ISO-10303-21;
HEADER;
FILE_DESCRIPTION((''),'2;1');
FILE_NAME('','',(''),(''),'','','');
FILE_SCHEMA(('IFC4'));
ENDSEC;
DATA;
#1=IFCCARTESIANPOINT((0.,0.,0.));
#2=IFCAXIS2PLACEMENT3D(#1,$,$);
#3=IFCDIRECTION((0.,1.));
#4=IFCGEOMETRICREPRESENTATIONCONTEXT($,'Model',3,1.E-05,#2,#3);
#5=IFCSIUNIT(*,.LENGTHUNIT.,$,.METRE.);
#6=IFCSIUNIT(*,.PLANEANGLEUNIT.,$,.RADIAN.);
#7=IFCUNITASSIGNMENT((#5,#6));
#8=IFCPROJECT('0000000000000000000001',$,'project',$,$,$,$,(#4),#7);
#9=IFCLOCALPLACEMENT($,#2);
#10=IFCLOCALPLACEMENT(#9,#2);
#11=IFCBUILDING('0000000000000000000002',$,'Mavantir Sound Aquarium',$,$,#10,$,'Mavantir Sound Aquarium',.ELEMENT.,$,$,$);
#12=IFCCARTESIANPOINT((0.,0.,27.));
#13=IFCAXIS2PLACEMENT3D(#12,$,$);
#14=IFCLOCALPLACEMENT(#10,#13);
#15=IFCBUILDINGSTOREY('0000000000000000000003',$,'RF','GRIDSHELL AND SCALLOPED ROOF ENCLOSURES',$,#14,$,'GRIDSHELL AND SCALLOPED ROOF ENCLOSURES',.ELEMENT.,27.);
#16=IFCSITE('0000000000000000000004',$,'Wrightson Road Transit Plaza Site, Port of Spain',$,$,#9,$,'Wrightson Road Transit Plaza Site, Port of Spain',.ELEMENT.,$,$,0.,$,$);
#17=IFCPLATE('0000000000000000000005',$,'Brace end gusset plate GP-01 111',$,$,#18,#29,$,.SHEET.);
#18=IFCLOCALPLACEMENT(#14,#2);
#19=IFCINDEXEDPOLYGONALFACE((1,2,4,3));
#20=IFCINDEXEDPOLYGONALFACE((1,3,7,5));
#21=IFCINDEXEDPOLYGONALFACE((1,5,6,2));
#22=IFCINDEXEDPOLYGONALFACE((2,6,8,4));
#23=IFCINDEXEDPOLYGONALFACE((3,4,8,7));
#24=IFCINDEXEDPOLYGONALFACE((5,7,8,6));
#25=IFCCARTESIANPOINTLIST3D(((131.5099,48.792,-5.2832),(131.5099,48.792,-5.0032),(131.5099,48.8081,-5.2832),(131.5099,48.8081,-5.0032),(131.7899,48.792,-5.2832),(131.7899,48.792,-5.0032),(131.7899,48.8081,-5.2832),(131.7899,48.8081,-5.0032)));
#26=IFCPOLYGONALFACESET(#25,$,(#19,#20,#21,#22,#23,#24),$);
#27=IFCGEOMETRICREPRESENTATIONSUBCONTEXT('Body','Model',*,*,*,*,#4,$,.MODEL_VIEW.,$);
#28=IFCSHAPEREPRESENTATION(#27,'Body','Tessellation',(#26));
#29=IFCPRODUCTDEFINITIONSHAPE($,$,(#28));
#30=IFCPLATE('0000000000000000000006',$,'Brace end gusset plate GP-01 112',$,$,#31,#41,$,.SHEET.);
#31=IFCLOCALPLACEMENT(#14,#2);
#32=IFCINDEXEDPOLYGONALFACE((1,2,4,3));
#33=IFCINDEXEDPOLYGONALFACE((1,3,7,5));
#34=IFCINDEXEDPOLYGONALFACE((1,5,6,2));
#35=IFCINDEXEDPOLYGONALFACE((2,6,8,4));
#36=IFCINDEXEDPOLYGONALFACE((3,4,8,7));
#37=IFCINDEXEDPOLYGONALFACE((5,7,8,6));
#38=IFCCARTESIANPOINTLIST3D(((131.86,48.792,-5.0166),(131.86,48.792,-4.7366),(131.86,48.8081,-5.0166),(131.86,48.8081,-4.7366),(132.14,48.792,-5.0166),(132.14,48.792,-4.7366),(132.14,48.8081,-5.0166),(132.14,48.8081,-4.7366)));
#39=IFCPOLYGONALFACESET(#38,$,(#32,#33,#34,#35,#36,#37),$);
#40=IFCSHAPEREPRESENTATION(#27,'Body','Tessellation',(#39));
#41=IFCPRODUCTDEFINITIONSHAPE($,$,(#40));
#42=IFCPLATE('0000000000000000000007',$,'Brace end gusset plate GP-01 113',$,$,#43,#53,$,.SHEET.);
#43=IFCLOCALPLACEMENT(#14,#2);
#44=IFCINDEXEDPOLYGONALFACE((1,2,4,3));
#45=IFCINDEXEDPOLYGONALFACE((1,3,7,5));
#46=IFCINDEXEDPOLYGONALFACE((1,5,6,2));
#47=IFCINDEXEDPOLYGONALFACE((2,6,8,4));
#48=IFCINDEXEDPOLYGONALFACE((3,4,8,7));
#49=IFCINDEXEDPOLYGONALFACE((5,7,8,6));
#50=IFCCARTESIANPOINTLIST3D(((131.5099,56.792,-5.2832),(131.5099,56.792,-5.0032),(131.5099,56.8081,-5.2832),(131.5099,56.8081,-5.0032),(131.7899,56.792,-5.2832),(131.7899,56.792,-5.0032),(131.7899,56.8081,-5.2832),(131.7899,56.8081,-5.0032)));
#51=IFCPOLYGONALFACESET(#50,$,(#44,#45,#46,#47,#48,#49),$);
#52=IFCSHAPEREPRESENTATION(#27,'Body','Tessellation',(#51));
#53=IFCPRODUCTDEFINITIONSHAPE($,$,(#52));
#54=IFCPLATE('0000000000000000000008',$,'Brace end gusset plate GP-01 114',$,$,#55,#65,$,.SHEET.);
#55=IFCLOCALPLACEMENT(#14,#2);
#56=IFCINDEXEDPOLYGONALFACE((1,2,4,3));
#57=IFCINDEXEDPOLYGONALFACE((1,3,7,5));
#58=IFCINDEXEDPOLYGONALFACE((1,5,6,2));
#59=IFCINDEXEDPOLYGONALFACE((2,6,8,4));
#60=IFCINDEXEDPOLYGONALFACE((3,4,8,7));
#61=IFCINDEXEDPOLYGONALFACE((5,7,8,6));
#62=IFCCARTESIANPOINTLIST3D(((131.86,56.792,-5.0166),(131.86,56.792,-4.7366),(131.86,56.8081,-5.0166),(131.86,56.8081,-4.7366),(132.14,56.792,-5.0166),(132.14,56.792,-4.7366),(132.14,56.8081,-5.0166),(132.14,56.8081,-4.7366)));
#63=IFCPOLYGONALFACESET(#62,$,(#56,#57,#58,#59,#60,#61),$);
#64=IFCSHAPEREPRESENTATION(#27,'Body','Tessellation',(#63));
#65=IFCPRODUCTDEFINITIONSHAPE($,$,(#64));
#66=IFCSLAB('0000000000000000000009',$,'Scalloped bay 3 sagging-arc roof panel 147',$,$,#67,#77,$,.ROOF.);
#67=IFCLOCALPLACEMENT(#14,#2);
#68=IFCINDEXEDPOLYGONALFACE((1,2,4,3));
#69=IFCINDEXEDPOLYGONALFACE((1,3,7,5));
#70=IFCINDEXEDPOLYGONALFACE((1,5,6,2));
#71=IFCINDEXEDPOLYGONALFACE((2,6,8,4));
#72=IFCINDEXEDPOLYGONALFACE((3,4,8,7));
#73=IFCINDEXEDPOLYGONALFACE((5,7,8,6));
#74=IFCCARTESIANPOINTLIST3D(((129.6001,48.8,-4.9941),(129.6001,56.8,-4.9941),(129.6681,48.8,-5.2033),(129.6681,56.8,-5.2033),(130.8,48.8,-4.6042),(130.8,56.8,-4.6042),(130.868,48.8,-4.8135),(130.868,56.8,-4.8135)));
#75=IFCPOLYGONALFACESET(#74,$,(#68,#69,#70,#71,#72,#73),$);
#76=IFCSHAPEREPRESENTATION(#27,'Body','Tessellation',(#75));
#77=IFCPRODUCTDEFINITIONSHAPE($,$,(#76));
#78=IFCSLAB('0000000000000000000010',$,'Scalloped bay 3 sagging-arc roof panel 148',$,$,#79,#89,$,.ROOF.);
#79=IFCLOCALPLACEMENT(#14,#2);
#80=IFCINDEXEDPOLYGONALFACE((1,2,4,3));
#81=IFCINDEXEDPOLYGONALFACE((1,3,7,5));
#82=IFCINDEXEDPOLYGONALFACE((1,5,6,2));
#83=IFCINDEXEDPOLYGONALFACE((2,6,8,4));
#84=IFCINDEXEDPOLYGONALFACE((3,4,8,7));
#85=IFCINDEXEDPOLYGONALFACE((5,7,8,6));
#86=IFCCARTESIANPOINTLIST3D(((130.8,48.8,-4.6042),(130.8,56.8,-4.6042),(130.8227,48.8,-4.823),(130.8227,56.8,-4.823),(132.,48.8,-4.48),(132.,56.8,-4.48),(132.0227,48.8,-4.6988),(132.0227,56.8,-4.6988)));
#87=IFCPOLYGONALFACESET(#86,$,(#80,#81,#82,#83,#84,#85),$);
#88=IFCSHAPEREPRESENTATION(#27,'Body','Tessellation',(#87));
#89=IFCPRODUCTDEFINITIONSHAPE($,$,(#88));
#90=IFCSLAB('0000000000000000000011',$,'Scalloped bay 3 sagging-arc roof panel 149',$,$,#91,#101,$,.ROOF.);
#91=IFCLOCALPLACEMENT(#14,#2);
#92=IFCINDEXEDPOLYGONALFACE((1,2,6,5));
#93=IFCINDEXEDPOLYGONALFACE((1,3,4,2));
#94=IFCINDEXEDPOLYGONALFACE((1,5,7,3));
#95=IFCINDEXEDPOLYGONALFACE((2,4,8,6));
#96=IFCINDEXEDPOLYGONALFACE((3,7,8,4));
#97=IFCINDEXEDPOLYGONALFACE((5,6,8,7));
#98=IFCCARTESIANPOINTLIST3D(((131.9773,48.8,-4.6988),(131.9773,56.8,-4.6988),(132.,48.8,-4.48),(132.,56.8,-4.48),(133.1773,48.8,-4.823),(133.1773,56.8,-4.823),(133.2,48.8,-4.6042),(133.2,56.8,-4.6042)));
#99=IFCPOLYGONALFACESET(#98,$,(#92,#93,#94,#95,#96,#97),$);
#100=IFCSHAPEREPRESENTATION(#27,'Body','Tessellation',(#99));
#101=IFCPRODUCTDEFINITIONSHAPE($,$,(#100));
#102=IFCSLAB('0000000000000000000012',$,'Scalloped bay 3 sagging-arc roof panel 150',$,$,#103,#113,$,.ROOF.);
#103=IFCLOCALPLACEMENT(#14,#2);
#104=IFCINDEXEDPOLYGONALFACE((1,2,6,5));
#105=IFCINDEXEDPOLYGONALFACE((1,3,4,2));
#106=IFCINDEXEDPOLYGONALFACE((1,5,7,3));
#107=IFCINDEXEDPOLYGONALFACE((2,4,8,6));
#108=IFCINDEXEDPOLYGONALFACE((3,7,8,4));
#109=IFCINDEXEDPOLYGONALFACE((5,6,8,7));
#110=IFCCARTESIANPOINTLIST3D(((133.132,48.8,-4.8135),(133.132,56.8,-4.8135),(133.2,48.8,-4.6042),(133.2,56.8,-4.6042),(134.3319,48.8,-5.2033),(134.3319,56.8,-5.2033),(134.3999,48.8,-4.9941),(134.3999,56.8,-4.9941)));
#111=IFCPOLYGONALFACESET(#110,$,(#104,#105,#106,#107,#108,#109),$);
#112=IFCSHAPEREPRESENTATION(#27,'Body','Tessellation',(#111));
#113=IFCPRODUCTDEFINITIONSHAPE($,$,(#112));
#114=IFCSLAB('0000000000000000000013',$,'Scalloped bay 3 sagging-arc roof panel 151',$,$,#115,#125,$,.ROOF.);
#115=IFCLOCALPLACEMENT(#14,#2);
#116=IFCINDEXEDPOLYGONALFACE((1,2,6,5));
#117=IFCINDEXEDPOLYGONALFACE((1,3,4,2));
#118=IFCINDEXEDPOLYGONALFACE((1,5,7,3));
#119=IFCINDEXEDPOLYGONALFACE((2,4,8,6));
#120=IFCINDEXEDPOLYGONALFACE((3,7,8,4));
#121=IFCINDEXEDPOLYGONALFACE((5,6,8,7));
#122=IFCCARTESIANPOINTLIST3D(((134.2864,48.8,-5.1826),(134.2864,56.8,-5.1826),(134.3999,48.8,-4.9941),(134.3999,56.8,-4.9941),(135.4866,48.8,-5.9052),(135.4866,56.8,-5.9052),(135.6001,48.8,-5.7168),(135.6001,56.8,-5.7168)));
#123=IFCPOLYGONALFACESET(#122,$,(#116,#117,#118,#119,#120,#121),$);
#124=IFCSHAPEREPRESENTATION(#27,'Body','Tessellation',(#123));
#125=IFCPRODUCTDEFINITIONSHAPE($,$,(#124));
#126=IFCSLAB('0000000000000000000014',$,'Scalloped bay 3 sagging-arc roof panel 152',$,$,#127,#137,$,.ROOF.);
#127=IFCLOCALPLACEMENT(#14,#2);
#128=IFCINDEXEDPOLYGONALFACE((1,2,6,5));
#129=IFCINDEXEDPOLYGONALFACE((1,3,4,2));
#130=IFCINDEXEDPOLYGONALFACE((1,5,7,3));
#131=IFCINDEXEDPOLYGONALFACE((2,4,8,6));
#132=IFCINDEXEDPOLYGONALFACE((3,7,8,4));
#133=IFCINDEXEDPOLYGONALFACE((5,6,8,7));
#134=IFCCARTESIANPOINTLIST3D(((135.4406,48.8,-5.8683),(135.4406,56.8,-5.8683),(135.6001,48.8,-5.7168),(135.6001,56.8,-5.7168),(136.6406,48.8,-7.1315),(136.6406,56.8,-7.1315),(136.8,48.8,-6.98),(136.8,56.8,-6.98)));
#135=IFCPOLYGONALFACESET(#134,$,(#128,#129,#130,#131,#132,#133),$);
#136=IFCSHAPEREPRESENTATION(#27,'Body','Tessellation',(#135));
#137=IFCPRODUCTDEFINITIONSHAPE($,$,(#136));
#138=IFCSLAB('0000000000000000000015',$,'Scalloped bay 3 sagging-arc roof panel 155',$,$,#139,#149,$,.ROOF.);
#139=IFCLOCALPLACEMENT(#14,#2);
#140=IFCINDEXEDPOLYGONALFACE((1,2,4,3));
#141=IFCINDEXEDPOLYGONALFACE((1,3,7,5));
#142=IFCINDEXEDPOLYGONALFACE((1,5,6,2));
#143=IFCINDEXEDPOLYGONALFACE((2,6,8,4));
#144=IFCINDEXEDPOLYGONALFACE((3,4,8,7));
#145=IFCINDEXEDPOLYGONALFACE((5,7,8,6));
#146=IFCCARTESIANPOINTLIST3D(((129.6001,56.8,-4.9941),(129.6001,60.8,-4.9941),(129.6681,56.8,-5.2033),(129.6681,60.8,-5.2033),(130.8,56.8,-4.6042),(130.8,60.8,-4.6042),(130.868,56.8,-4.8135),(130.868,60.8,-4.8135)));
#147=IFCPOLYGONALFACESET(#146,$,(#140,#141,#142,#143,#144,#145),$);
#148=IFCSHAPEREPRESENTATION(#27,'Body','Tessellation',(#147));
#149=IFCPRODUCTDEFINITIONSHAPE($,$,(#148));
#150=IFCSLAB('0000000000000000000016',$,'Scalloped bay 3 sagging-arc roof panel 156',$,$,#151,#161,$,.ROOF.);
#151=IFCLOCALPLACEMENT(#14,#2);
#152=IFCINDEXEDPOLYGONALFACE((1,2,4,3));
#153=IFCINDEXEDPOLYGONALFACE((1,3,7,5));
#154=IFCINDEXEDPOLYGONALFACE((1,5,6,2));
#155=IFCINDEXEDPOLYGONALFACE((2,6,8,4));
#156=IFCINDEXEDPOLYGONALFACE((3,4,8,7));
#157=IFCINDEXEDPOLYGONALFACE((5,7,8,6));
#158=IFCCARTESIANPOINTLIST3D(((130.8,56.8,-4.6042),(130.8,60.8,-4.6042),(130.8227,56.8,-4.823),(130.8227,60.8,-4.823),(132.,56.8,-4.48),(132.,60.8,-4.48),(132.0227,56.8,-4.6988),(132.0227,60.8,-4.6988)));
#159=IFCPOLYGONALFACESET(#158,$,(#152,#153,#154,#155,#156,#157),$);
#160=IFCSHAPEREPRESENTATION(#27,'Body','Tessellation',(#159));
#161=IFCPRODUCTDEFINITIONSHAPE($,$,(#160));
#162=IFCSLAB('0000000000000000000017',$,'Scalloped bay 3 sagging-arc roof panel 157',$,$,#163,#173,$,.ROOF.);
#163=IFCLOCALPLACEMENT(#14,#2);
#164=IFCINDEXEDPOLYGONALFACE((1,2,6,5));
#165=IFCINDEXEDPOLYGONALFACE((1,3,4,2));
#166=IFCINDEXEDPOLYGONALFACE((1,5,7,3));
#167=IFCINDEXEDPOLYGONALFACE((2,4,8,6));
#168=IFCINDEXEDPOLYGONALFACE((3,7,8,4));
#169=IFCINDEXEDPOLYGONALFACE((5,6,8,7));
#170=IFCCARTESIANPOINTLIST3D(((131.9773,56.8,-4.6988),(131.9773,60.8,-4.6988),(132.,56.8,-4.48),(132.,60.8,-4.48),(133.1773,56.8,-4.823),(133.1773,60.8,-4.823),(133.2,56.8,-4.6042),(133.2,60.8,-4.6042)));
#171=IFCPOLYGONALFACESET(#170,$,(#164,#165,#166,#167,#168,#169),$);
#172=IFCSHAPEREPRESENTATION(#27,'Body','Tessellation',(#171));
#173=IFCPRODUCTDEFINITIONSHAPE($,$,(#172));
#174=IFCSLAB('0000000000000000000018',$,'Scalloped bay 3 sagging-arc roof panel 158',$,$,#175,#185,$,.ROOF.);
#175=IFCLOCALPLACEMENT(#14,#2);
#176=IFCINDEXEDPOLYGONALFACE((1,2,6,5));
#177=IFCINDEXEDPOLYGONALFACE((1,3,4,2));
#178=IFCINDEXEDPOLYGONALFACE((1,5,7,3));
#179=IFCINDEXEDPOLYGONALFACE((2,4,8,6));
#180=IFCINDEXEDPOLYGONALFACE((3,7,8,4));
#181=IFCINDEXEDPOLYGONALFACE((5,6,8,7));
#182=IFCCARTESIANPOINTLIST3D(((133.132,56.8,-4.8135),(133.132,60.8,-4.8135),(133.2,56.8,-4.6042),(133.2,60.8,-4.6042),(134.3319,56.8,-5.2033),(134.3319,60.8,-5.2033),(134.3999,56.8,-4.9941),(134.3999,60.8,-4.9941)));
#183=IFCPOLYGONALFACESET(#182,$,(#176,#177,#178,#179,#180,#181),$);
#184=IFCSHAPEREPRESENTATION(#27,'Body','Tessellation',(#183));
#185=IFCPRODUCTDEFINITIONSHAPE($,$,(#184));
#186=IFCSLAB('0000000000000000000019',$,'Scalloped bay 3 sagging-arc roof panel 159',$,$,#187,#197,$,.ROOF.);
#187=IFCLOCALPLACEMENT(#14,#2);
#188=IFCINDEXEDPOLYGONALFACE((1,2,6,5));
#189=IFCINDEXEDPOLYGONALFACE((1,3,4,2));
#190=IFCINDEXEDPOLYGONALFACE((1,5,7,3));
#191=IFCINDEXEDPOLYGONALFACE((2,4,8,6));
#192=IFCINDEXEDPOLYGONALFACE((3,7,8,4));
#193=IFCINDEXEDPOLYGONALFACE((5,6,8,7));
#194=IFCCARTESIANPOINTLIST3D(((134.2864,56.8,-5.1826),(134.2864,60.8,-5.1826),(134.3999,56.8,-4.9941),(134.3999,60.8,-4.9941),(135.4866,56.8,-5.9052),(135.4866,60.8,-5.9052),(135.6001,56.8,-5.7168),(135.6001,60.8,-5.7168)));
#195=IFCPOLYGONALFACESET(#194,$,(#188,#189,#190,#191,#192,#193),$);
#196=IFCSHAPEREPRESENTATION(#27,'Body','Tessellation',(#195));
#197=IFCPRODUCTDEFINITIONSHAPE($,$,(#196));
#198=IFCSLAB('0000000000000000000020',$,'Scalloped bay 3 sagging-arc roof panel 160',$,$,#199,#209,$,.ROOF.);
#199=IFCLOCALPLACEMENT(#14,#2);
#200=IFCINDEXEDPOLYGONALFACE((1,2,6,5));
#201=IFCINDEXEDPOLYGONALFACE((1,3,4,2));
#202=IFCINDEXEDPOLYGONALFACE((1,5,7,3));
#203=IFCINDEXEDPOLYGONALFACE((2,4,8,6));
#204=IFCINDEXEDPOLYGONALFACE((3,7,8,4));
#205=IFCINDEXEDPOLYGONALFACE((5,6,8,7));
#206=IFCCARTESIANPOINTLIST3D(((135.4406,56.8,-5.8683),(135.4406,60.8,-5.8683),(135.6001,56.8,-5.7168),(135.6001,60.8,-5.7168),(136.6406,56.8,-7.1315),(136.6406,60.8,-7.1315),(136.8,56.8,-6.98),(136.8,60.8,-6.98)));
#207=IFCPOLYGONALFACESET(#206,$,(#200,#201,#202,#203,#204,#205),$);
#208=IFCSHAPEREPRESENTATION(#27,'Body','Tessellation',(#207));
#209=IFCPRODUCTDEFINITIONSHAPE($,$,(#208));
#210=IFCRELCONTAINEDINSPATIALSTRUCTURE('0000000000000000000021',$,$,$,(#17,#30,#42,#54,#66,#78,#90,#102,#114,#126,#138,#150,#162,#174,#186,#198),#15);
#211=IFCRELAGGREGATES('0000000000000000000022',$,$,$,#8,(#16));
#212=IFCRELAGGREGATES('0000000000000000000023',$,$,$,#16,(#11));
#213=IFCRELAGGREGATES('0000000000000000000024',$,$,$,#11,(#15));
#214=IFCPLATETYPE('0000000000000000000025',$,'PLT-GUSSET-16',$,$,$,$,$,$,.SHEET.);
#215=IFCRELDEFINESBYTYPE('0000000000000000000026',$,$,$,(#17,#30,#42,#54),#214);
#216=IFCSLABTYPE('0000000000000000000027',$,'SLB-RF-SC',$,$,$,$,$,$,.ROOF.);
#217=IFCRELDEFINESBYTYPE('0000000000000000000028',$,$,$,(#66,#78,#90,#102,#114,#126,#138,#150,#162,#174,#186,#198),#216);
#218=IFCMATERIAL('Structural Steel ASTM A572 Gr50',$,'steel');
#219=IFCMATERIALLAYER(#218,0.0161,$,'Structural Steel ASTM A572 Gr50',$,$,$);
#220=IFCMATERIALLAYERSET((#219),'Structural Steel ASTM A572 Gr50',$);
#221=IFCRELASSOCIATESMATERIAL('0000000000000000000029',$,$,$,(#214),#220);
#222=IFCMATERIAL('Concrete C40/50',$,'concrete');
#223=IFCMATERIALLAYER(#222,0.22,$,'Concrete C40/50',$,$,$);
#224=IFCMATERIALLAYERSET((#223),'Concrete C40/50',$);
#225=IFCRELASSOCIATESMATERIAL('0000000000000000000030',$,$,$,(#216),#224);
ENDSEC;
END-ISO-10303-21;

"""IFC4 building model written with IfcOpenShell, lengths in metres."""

from ifc_helpers import new_model, si_unit, direction, frame, origin, origin_2d, place, context, subcontext, project, spatial, polyline, rectangle, outline, extrude, material, layer, layer_set, type_object, element, save


model = new_model("IFC4")

# Units and contexts
model_context = context("Model", 3, precision=1e-05, world=origin(), true_north=direction((0.0, 1.0)))
body_context = subcontext(model_context, "Body", "Model", "MODEL_VIEW")
ifc_project = project(units=[si_unit("LENGTHUNIT", "METRE"), si_unit("PLANEANGLEUNIT", "RADIAN")], contexts=[model_context])

# Site, building, storey
site_placement = place(None, origin())
site = spatial("IfcSite", under=ifc_project, at=site_placement, Name="Wrightson Road Transit Plaza Site, Port of Spain", LongName="Wrightson Road Transit Plaza Site, Port of Spain", CompositionType="ELEMENT", RefElevation=0.0)
building_placement = place(site_placement, origin())
building = spatial("IfcBuilding", under=site, at=building_placement, Name="Mavantir Sound Aquarium", LongName="Mavantir Sound Aquarium", CompositionType="ELEMENT")
storey_placement = place(building_placement, frame((0.0, 0.0, 27.0)))
storey = spatial("IfcBuildingStorey", under=building, at=storey_placement, Name="RF", Description="GRIDSHELL AND SCALLOPED ROOF ENCLOSURES", LongName="GRIDSHELL AND SCALLOPED ROOF ENCLOSURES", CompositionType="ELEMENT", Elevation=27.0)

# Plates
ifc_material_1 = material(Name="Structural Steel ASTM A572 Gr50", Category="steel")
ifc_layer_1 = layer(ifc_material_1, 0.0161, Name="Structural Steel ASTM A572 Gr50")
ifc_layer_set_1 = layer_set([ifc_layer_1], Name="Structural Steel ASTM A572 Gr50")
plate_type = type_object("IfcPlateType", Name="PLT-GUSSET-16", PredefinedType="SHEET", material=ifc_layer_set_1)
for number, where, z_axis, x_axis, name in (
    (1, (131.6499, 48.8, -5.2832), (0.0, 0.0, 1.0), (1.0, 0.0, 0.0), "Brace end gusset plate GP-01 111"),
    (2, (132.0, 48.8, -5.0166), (0.0, 0.0, 1.0), (1.0, 0.0, 0.0), "Brace end gusset plate GP-01 112"),
    (3, (131.6499, 56.8, -5.2832), (0.0, 0.0, 1.0), (1.0, 0.0, 0.0), "Brace end gusset plate GP-01 113"),
    (4, (132.0, 56.8, -5.0166), (0.0, 0.0, 1.0), (1.0, 0.0, 0.0), "Brace end gusset plate GP-01 114"),
):
    element("IfcPlate", number, at=place(storey_placement, frame(where, z_axis=z_axis, x_axis=x_axis)), inside=storey, type_object=plate_type, Name=name, PredefinedType="SHEET", context=body_context, shape_type="SweptSolid", body=[
        extrude(rectangle(XDim=0.28, YDim=0.0161, at=origin_2d()), origin(), (0.0, 0.0, 1.0), 0.28),
    ])

# Slabs
ifc_material_2 = material(Name="Concrete C40/50", Category="concrete")
ifc_layer_2 = layer(ifc_material_2, 0.22, Name="Concrete C40/50")
ifc_layer_set_2 = layer_set([ifc_layer_2], Name="Concrete C40/50")
slab_type = type_object("IfcSlabType", Name="SLB-RF-SC", PredefinedType="ROOF", material=ifc_layer_set_2)
slab_1_placement = place(storey_placement, frame((129.6001, 48.8, -4.9941), z_axis=(-0.30902, 0.0, 0.951055), x_axis=(0.951055, 0.0, 0.30902)))
element("IfcSlab", 5, at=slab_1_placement, inside=storey, type_object=slab_type, Name="Scalloped bay 3 sagging-arc roof panel 147", PredefinedType="ROOF", context=body_context, shape_type="SweptSolid", body=[
    extrude(outline(polyline([(0.0, 0.0), (1.2617, 0.0), (1.2617, 8.0), (0.0, 8.0), (0.0, 0.0)])), origin(), (0.0, 0.0, -1.0), 0.22),
])
for number, where, z_axis, x_axis, name in (
    (6, (130.8, 48.8, -4.6042), (-0.10301, 0.0, 0.99468), (0.99468, 0.0, 0.10301), "Scalloped bay 3 sagging-arc roof panel 148"),
    (7, (132.0, 48.8, -4.48), (0.10301, 0.0, 0.99468), (0.99468, 0.0, -0.10301), "Scalloped bay 3 sagging-arc roof panel 149"),
):
    element("IfcSlab", number, at=place(storey_placement, frame(where, z_axis=z_axis, x_axis=x_axis)), inside=storey, type_object=slab_type, Name=name, PredefinedType="ROOF", context=body_context, shape_type="SweptSolid", body=[
        extrude(outline(polyline([(0.0, 0.0), (1.2064, 0.0), (1.2064, 8.0), (0.0, 8.0), (0.0, 0.0)])), origin(), (0.0, 0.0, -1.0), 0.22),
    ])
slab_2_placement = place(storey_placement, frame((133.2, 48.8, -4.6042), z_axis=(0.30902, 0.0, 0.951055), x_axis=(0.951055, 0.0, -0.30902)))
element("IfcSlab", 8, at=slab_2_placement, inside=storey, type_object=slab_type, Name="Scalloped bay 3 sagging-arc roof panel 150", PredefinedType="ROOF", context=body_context, shape_type="SweptSolid", body=[
    extrude(outline(polyline([(0.0, 0.0), (1.2617, 0.0), (1.2617, 8.0), (0.0, 8.0), (0.0, 0.0)])), origin(), (0.0, 0.0, -1.0), 0.22),
])
slab_3_placement = place(storey_placement, frame((134.3999, 48.8, -4.9941), z_axis=(0.515828, 0.0, 0.856692), x_axis=(0.856692, 0.0, -0.515828)))
element("IfcSlab", 9, at=slab_3_placement, inside=storey, type_object=slab_type, Name="Scalloped bay 3 sagging-arc roof panel 151", PredefinedType="ROOF", context=body_context, shape_type="SweptSolid", body=[
    extrude(outline(polyline([(0.0, 0.0), (1.401, 0.0), (1.401, 8.0), (0.0, 8.0), (0.0, 0.0)])), origin(), (0.0, 0.0, -1.0), 0.22),
])
slab_4_placement = place(storey_placement, frame((135.6001, 48.8, -5.7168), z_axis=(0.72502, 0.0, 0.688727), x_axis=(0.688727, 0.0, -0.72502)))
element("IfcSlab", 10, at=slab_4_placement, inside=storey, type_object=slab_type, Name="Scalloped bay 3 sagging-arc roof panel 152", PredefinedType="ROOF", context=body_context, shape_type="SweptSolid", body=[
    extrude(outline(polyline([(0.0, 0.0), (1.7423, 0.0), (1.7423, 8.0), (0.0, 8.0), (0.0, 0.0)])), origin(), (0.0, 0.0, -1.0), 0.22),
])
slab_5_placement = place(storey_placement, frame((129.6001, 56.8, -4.9941), z_axis=(-0.30902, 0.0, 0.951055), x_axis=(0.951055, 0.0, 0.30902)))
element("IfcSlab", 11, at=slab_5_placement, inside=storey, type_object=slab_type, Name="Scalloped bay 3 sagging-arc roof panel 155", PredefinedType="ROOF", context=body_context, shape_type="SweptSolid", body=[
    extrude(outline(polyline([(0.0, 0.0), (1.2617, 0.0), (1.2617, 4.0), (0.0, 4.0), (0.0, 0.0)])), origin(), (0.0, 0.0, -1.0), 0.22),
])
for number, where, z_axis, x_axis, name in (
    (12, (130.8, 56.8, -4.6042), (-0.10301, 0.0, 0.99468), (0.99468, 0.0, 0.10301), "Scalloped bay 3 sagging-arc roof panel 156"),
    (13, (132.0, 56.8, -4.48), (0.10301, 0.0, 0.99468), (0.99468, 0.0, -0.10301), "Scalloped bay 3 sagging-arc roof panel 157"),
):
    element("IfcSlab", number, at=place(storey_placement, frame(where, z_axis=z_axis, x_axis=x_axis)), inside=storey, type_object=slab_type, Name=name, PredefinedType="ROOF", context=body_context, shape_type="SweptSolid", body=[
        extrude(outline(polyline([(0.0, 0.0), (1.2064, 0.0), (1.2064, 4.0), (0.0, 4.0), (0.0, 0.0)])), origin(), (0.0, 0.0, -1.0), 0.22),
    ])
slab_6_placement = place(storey_placement, frame((133.2, 56.8, -4.6042), z_axis=(0.30902, 0.0, 0.951055), x_axis=(0.951055, 0.0, -0.30902)))
element("IfcSlab", 14, at=slab_6_placement, inside=storey, type_object=slab_type, Name="Scalloped bay 3 sagging-arc roof panel 158", PredefinedType="ROOF", context=body_context, shape_type="SweptSolid", body=[
    extrude(outline(polyline([(0.0, 0.0), (1.2617, 0.0), (1.2617, 4.0), (0.0, 4.0), (0.0, 0.0)])), origin(), (0.0, 0.0, -1.0), 0.22),
])
slab_7_placement = place(storey_placement, frame((134.3999, 56.8, -4.9941), z_axis=(0.515828, 0.0, 0.856692), x_axis=(0.856692, 0.0, -0.515828)))
element("IfcSlab", 15, at=slab_7_placement, inside=storey, type_object=slab_type, Name="Scalloped bay 3 sagging-arc roof panel 159", PredefinedType="ROOF", context=body_context, shape_type="SweptSolid", body=[
    extrude(outline(polyline([(0.0, 0.0), (1.401, 0.0), (1.401, 4.0), (0.0, 4.0), (0.0, 0.0)])), origin(), (0.0, 0.0, -1.0), 0.22),
])
slab_8_placement = place(storey_placement, frame((135.6001, 56.8, -5.7168), z_axis=(0.72502, 0.0, 0.688727), x_axis=(0.688727, 0.0, -0.72502)))
element("IfcSlab", 16, at=slab_8_placement, inside=storey, type_object=slab_type, Name="Scalloped bay 3 sagging-arc roof panel 160", PredefinedType="ROOF", context=body_context, shape_type="SweptSolid", body=[
    extrude(outline(polyline([(0.0, 0.0), (1.7423, 0.0), (1.7423, 4.0), (0.0, 4.0), (0.0, 0.0)])), origin(), (0.0, 0.0, -1.0), 0.22),
])

save(model, "model.ifc")
